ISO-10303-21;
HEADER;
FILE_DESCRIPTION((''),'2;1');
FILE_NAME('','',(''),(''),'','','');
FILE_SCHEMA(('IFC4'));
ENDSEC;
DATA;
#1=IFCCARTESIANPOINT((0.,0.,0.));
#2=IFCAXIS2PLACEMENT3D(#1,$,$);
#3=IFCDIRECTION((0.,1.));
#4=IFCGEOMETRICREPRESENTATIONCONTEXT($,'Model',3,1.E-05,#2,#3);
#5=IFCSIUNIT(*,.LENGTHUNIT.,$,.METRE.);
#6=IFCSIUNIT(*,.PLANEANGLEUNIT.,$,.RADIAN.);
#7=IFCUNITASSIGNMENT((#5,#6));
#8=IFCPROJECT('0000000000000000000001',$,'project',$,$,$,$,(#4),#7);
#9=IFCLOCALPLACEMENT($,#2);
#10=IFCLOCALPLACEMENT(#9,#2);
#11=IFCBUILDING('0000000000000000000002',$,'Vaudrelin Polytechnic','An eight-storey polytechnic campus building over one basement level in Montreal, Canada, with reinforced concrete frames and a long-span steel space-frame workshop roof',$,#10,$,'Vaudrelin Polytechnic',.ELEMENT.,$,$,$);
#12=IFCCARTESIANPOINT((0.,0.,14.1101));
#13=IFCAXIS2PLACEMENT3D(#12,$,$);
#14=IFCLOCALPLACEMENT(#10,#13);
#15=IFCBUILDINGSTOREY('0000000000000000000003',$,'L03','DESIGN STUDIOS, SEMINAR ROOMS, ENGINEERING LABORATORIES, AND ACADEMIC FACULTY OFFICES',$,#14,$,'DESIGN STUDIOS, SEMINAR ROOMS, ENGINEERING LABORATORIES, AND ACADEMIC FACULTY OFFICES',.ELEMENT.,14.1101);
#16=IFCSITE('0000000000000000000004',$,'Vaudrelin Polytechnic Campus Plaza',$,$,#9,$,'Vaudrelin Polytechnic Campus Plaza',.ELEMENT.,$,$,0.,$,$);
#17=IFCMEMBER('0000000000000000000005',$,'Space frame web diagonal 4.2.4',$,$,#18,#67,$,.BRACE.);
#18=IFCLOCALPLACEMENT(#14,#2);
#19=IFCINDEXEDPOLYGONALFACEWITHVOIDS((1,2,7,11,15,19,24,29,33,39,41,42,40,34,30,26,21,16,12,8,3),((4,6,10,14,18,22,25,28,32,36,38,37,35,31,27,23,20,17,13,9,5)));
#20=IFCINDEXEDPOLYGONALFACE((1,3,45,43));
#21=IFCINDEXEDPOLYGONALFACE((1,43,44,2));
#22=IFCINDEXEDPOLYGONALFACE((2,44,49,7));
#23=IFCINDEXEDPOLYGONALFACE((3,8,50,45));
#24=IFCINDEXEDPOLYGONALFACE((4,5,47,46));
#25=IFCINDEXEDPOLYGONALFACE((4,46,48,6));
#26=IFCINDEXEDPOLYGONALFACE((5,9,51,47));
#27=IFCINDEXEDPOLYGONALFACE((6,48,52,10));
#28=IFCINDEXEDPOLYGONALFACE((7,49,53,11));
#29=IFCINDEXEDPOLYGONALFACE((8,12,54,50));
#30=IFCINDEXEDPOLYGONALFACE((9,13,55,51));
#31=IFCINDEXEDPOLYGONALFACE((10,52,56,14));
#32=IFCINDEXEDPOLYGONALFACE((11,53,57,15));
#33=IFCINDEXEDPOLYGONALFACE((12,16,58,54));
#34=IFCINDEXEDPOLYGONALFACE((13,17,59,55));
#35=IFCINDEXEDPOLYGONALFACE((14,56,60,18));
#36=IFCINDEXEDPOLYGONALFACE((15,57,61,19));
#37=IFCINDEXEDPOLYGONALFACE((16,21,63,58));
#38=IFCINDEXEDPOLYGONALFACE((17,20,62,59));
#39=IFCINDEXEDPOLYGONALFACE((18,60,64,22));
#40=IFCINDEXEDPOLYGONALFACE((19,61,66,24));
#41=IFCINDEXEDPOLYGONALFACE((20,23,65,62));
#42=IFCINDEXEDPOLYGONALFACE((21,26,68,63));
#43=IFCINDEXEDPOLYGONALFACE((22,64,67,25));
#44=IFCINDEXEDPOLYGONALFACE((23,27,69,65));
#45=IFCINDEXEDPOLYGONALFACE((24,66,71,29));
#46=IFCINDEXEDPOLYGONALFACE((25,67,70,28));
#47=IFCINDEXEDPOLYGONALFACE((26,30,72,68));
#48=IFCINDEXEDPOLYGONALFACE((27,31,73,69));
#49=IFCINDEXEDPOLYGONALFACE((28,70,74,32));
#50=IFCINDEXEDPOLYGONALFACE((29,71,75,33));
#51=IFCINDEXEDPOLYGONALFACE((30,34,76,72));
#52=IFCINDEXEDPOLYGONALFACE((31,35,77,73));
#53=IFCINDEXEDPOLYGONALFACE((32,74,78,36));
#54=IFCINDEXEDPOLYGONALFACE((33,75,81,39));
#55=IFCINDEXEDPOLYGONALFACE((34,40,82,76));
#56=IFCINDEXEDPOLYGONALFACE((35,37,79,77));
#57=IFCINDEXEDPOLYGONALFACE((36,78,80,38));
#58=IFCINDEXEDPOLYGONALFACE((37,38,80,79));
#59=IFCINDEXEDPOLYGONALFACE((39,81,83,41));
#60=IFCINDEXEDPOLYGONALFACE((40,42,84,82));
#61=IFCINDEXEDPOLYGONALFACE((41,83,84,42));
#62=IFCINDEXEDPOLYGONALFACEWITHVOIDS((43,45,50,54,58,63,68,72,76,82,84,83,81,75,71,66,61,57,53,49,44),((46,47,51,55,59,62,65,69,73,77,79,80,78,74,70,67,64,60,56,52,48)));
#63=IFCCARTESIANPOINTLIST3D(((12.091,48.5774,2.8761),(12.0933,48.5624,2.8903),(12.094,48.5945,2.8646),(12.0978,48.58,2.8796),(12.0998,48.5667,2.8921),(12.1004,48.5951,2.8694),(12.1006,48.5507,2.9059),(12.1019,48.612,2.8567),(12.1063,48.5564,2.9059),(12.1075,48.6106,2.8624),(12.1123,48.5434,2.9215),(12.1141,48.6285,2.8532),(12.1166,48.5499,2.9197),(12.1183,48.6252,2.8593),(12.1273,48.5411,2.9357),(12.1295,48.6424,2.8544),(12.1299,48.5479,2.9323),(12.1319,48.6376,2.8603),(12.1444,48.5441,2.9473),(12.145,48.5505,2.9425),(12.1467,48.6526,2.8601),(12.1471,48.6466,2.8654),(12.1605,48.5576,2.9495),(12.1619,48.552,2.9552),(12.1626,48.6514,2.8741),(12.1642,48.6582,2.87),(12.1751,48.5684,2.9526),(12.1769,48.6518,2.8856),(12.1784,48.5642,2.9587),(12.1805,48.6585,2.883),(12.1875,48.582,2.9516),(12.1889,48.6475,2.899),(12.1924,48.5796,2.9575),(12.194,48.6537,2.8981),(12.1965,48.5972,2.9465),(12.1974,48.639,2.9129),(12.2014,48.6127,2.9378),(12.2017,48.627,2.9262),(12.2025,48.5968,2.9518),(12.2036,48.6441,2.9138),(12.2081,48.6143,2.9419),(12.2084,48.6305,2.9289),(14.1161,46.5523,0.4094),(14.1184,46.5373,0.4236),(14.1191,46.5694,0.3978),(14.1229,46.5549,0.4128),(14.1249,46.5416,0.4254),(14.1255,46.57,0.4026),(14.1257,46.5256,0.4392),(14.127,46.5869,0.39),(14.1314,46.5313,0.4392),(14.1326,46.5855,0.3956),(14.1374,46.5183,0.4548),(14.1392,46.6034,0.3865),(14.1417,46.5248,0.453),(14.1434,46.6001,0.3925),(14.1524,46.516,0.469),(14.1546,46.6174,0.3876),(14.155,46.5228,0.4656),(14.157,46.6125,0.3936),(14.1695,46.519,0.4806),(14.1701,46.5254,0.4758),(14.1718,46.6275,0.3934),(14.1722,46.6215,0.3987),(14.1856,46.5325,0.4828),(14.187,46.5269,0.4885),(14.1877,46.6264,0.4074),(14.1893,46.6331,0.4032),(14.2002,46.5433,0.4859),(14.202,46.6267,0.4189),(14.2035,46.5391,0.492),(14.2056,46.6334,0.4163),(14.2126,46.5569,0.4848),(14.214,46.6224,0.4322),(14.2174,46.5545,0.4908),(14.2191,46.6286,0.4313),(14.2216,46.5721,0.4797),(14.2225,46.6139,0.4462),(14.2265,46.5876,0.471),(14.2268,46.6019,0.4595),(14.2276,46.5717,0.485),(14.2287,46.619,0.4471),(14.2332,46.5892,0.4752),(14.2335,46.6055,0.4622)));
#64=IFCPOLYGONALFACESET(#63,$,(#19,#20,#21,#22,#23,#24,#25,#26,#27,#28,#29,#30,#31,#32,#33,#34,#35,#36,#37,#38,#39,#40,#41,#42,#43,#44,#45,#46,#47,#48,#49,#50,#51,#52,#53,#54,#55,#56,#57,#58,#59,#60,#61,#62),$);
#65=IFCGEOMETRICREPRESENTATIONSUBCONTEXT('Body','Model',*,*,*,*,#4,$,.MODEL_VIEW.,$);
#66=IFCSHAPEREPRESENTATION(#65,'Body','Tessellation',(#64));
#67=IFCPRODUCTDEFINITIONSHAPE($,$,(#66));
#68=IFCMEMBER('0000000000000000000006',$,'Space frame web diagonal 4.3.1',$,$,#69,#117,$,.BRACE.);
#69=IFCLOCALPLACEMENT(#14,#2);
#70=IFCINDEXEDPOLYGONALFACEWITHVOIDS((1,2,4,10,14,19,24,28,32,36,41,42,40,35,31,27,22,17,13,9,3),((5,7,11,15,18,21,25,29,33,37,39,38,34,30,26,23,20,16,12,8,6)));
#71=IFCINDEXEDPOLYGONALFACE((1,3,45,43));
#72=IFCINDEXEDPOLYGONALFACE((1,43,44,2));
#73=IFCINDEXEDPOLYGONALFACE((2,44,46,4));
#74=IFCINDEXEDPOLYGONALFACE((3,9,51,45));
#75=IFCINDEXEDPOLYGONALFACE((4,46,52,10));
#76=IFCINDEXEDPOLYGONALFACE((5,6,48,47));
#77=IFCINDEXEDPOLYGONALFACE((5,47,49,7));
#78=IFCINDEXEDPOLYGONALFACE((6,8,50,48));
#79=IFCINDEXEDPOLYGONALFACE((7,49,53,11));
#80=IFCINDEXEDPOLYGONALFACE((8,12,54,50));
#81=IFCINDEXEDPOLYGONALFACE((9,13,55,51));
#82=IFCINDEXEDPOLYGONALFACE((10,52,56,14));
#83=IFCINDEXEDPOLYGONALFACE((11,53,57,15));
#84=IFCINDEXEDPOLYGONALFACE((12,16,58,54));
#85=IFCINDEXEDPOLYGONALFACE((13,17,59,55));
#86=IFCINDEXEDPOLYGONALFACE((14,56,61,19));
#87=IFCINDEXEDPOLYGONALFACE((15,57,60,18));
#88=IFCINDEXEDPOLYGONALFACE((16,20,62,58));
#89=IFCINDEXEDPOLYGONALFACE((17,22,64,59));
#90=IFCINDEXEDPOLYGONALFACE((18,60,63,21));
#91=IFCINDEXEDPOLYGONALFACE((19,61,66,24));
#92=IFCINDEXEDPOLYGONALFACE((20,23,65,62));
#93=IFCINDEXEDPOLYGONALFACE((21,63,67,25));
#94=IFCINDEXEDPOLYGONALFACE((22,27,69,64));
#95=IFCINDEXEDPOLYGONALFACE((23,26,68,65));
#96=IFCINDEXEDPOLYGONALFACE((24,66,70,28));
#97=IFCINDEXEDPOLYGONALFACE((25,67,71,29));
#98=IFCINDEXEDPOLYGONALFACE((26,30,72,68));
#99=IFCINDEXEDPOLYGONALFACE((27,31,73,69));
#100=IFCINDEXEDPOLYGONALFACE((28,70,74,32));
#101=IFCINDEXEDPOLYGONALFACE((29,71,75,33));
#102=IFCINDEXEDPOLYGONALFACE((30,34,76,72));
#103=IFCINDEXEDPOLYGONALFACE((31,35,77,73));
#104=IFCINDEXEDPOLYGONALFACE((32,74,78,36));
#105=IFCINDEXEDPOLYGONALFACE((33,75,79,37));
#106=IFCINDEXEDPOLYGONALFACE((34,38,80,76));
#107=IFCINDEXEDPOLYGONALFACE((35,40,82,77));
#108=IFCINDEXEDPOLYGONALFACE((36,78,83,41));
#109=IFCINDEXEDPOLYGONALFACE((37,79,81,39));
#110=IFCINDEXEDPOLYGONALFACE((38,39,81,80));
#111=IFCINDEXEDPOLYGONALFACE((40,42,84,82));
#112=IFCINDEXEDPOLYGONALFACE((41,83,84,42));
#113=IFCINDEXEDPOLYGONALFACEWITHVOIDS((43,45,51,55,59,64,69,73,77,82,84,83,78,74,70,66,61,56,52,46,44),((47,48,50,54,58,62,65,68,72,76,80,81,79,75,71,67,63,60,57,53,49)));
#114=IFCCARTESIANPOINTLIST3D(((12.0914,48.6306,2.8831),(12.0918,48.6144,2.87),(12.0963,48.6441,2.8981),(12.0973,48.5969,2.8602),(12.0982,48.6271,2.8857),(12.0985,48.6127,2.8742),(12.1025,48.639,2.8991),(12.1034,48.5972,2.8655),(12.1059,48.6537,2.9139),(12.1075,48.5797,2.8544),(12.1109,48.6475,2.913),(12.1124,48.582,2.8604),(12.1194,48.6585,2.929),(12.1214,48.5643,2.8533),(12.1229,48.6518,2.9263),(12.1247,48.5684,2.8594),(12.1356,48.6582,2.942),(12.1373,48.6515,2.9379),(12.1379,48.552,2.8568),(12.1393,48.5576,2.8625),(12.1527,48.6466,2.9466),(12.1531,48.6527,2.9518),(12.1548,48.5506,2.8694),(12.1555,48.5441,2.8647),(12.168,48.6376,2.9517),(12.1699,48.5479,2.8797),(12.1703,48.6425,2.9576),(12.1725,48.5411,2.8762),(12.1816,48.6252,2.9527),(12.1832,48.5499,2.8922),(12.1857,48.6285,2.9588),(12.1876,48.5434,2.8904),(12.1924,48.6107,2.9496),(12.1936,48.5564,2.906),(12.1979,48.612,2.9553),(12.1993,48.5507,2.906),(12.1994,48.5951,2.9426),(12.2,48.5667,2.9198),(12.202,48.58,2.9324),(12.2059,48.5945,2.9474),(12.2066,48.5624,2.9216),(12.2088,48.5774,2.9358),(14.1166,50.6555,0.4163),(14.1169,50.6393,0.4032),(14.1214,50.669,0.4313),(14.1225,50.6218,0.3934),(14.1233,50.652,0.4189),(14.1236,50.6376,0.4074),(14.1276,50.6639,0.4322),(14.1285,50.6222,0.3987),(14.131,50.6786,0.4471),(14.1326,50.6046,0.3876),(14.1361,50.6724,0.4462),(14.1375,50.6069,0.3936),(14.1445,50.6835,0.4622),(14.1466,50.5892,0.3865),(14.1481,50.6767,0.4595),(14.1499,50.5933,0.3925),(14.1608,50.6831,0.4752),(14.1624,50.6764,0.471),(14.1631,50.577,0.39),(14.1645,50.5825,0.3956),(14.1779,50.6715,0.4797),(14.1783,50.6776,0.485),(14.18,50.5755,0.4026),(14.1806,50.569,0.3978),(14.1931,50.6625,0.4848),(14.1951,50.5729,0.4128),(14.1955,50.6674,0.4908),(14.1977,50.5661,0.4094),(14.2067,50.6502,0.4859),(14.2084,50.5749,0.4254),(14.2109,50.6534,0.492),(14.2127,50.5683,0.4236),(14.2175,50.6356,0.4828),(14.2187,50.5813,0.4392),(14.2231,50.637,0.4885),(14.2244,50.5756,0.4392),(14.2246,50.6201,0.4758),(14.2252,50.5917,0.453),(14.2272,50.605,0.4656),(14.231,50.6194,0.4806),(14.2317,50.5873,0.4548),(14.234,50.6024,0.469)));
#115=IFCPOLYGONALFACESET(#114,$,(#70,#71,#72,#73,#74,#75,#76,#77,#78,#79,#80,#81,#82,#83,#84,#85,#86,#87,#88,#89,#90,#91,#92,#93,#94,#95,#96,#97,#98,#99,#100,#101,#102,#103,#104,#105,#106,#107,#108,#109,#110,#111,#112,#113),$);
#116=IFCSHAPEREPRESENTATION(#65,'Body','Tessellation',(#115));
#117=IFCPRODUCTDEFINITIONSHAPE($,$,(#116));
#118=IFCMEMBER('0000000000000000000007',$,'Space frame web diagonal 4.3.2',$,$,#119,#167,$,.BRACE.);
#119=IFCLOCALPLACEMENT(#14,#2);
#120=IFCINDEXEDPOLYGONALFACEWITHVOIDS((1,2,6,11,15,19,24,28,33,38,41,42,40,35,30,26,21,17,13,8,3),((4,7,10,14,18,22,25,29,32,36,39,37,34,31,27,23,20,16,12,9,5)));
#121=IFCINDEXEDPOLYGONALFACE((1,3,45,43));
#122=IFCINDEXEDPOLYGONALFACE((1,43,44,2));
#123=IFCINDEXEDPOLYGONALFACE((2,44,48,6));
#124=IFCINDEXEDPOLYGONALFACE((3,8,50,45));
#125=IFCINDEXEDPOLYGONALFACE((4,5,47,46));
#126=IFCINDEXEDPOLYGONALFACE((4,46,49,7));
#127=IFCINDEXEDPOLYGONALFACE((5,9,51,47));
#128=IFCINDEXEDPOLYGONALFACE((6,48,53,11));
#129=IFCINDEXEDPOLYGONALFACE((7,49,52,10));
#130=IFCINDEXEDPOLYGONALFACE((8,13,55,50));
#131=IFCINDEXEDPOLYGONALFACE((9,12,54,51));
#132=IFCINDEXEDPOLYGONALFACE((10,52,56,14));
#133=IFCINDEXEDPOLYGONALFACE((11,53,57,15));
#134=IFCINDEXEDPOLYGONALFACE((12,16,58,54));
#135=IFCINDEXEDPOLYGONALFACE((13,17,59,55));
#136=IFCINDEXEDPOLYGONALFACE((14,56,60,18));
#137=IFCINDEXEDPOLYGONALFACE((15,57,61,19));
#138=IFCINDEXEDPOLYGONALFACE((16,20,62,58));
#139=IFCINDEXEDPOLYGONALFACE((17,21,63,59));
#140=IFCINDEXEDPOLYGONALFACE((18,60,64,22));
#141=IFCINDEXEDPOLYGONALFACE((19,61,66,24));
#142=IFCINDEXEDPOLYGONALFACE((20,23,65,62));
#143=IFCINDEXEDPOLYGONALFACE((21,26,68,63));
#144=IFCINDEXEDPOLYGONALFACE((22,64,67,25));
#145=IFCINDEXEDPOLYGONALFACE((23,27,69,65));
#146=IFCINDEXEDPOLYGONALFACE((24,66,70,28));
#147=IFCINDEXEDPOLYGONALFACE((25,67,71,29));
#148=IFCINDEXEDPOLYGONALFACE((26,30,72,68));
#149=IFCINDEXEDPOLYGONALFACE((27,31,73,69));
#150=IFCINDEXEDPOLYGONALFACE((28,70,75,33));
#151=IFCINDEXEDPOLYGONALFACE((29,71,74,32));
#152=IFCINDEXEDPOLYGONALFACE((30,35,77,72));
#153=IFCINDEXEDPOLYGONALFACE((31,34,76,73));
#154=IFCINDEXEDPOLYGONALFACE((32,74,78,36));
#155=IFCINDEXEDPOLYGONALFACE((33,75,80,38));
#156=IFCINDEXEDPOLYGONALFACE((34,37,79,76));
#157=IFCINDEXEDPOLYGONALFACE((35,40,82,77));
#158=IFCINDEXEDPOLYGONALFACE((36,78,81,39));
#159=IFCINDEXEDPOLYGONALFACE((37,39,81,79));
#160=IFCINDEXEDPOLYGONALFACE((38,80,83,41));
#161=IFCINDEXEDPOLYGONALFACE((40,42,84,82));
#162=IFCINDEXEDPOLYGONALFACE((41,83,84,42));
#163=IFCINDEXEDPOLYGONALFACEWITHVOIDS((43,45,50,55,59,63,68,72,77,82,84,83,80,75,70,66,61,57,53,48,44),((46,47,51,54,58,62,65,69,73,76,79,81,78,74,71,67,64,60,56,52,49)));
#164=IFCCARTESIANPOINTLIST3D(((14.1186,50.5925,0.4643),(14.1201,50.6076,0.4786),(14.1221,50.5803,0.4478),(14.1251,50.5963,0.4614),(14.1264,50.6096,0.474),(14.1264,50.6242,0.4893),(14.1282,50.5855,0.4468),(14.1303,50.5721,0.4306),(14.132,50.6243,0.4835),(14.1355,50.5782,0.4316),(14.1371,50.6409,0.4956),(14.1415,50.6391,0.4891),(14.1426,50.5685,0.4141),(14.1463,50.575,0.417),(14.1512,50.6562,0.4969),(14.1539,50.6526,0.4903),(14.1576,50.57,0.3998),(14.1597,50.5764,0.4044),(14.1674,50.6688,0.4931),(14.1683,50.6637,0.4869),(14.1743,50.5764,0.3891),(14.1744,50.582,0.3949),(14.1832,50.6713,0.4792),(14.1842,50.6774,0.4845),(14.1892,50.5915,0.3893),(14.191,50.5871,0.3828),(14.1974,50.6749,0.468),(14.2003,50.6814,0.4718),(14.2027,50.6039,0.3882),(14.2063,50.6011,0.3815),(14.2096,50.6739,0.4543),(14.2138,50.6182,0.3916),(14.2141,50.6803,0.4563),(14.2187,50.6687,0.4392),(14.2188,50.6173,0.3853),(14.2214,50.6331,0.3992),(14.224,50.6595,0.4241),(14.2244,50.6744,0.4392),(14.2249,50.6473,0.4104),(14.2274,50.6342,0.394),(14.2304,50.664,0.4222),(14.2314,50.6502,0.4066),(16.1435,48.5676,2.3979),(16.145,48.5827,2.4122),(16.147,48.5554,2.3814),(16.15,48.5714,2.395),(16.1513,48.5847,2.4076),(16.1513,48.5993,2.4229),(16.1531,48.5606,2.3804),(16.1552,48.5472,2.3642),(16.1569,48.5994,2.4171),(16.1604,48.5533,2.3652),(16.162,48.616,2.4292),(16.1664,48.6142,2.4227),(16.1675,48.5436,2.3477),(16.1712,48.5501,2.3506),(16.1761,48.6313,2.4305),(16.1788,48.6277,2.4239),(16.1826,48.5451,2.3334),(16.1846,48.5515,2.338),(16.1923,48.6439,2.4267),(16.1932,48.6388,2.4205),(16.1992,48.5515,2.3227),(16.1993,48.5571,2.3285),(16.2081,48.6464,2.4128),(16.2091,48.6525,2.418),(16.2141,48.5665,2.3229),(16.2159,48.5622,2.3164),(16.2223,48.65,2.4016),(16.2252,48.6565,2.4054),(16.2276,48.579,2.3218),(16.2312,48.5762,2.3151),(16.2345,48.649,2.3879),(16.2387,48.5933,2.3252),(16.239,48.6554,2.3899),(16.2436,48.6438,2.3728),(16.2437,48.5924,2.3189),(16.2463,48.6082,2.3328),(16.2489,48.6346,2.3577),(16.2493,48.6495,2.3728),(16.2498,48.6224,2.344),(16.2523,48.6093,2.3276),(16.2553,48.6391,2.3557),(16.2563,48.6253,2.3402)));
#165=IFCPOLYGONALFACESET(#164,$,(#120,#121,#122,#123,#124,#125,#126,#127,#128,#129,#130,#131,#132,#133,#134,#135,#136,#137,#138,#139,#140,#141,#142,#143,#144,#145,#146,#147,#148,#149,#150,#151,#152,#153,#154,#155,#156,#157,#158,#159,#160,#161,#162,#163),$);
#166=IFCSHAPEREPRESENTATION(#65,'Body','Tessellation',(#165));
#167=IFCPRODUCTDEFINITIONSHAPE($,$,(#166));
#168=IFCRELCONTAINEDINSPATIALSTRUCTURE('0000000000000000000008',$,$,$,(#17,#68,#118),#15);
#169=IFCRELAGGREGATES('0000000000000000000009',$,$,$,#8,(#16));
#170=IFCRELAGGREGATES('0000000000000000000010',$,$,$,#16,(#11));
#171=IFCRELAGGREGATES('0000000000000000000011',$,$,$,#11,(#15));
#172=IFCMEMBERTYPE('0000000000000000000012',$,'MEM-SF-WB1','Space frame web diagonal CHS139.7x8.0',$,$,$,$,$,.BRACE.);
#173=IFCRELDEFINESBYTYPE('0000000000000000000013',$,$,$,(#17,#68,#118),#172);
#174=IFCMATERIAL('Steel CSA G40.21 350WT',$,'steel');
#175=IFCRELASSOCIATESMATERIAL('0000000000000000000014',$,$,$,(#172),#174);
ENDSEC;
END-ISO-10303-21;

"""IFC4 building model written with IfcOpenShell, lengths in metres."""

from ifc_helpers import new_model, si_unit, direction, frame, origin, origin_2d, place, context, subcontext, project, spatial, hollow_circle, extrude, material, material_profile, profile_set, type_object, element, save


model = new_model("IFC4")

# Units and contexts
model_context = context("Model", 3, precision=1e-05, world=origin(), true_north=direction((0.0, 1.0)))
body_context = subcontext(model_context, "Body", "Model", "MODEL_VIEW")
ifc_project = project(units=[si_unit("LENGTHUNIT", "METRE"), si_unit("PLANEANGLEUNIT", "RADIAN")], contexts=[model_context])

# Site, building, storey
site_placement = place(None, origin())
site = spatial("IfcSite", under=ifc_project, at=site_placement, Name="Vaudrelin Polytechnic Campus Plaza", LongName="Vaudrelin Polytechnic Campus Plaza", CompositionType="ELEMENT", RefElevation=0.0)
building_placement = place(site_placement, origin())
building = spatial("IfcBuilding", under=site, at=building_placement, Name="Vaudrelin Polytechnic", Description="An eight-storey polytechnic campus building over one basement level in Montreal, Canada, with reinforced concrete frames and a long-span steel space-frame workshop roof", LongName="Vaudrelin Polytechnic", CompositionType="ELEMENT")
storey_placement = place(building_placement, frame((0.0, 0.0, 14.1101)))
storey = spatial("IfcBuildingStorey", under=building, at=storey_placement, Name="L03", Description="DESIGN STUDIOS, SEMINAR ROOMS, ENGINEERING LABORATORIES, AND ACADEMIC FACULTY OFFICES", LongName="DESIGN STUDIOS, SEMINAR ROOMS, ENGINEERING LABORATORIES, AND ACADEMIC FACULTY OFFICES", CompositionType="ELEMENT", Elevation=14.1101)

# Members
ifc_material = material(Name="Steel CSA G40.21 350WT", Category="steel")
ifc_material_profile_1 = material_profile(ifc_material, hollow_circle(Radius=0.0698, WallThickness=0.0081, at=origin_2d()), Name="CHS139.7x8.0")
ifc_profile_set_1 = profile_set([ifc_material_profile_1], Name="Steel CSA G40.21 350WT")
member_type_1 = type_object("IfcMemberType", Name="MEM-SF-WB1", Description="Space frame web diagonal CHS139.7x8.0", PredefinedType="BRACE", material=ifc_profile_set_1)
for number, where, z_axis, x_axis, name in (
    (1, (14.175, 46.575, 0.4392), (-0.535769, 0.535769, 0.652612), (-0.707107, -0.707107, 0.0), "Space frame web diagonal 4.2.4"),
    (2, (14.175, 50.625, 0.4392), (-0.535788, -0.535723, 0.652634), (0.707064, -0.707149, 0.0), "Space frame web diagonal 4.3.1"),
):
    element("IfcMember", number, at=place(storey_placement, frame(where, z_axis=z_axis, x_axis=x_axis)), inside=storey, type_object=member_type_1, Name=name, PredefinedType="BRACE", context=body_context, shape_type="SweptSolid", body=[
        extrude(hollow_circle(Radius=0.0698, WallThickness=0.0081, at=origin_2d()), origin(), (0.0, 0.0, 1.0), 3.7798),
    ])
for number, where, z_axis, x_axis, name in (
    (3, (14.175, 50.625, 0.4392), (0.586024, -0.586024, 0.559599), (0.707107, 0.707107, 0.0), "Space frame web diagonal 4.3.2"),
):
    element("IfcMember", number, at=place(storey_placement, frame(where, z_axis=z_axis, x_axis=x_axis)), inside=storey, type_object=member_type_1, Name=name, PredefinedType="BRACE", context=body_context, shape_type="SweptSolid", body=[
        extrude(hollow_circle(Radius=0.0698, WallThickness=0.0081, at=origin_2d()), origin(), (0.0, 0.0, 1.0), 3.4553),
    ])

save(model, "model.ifc")
